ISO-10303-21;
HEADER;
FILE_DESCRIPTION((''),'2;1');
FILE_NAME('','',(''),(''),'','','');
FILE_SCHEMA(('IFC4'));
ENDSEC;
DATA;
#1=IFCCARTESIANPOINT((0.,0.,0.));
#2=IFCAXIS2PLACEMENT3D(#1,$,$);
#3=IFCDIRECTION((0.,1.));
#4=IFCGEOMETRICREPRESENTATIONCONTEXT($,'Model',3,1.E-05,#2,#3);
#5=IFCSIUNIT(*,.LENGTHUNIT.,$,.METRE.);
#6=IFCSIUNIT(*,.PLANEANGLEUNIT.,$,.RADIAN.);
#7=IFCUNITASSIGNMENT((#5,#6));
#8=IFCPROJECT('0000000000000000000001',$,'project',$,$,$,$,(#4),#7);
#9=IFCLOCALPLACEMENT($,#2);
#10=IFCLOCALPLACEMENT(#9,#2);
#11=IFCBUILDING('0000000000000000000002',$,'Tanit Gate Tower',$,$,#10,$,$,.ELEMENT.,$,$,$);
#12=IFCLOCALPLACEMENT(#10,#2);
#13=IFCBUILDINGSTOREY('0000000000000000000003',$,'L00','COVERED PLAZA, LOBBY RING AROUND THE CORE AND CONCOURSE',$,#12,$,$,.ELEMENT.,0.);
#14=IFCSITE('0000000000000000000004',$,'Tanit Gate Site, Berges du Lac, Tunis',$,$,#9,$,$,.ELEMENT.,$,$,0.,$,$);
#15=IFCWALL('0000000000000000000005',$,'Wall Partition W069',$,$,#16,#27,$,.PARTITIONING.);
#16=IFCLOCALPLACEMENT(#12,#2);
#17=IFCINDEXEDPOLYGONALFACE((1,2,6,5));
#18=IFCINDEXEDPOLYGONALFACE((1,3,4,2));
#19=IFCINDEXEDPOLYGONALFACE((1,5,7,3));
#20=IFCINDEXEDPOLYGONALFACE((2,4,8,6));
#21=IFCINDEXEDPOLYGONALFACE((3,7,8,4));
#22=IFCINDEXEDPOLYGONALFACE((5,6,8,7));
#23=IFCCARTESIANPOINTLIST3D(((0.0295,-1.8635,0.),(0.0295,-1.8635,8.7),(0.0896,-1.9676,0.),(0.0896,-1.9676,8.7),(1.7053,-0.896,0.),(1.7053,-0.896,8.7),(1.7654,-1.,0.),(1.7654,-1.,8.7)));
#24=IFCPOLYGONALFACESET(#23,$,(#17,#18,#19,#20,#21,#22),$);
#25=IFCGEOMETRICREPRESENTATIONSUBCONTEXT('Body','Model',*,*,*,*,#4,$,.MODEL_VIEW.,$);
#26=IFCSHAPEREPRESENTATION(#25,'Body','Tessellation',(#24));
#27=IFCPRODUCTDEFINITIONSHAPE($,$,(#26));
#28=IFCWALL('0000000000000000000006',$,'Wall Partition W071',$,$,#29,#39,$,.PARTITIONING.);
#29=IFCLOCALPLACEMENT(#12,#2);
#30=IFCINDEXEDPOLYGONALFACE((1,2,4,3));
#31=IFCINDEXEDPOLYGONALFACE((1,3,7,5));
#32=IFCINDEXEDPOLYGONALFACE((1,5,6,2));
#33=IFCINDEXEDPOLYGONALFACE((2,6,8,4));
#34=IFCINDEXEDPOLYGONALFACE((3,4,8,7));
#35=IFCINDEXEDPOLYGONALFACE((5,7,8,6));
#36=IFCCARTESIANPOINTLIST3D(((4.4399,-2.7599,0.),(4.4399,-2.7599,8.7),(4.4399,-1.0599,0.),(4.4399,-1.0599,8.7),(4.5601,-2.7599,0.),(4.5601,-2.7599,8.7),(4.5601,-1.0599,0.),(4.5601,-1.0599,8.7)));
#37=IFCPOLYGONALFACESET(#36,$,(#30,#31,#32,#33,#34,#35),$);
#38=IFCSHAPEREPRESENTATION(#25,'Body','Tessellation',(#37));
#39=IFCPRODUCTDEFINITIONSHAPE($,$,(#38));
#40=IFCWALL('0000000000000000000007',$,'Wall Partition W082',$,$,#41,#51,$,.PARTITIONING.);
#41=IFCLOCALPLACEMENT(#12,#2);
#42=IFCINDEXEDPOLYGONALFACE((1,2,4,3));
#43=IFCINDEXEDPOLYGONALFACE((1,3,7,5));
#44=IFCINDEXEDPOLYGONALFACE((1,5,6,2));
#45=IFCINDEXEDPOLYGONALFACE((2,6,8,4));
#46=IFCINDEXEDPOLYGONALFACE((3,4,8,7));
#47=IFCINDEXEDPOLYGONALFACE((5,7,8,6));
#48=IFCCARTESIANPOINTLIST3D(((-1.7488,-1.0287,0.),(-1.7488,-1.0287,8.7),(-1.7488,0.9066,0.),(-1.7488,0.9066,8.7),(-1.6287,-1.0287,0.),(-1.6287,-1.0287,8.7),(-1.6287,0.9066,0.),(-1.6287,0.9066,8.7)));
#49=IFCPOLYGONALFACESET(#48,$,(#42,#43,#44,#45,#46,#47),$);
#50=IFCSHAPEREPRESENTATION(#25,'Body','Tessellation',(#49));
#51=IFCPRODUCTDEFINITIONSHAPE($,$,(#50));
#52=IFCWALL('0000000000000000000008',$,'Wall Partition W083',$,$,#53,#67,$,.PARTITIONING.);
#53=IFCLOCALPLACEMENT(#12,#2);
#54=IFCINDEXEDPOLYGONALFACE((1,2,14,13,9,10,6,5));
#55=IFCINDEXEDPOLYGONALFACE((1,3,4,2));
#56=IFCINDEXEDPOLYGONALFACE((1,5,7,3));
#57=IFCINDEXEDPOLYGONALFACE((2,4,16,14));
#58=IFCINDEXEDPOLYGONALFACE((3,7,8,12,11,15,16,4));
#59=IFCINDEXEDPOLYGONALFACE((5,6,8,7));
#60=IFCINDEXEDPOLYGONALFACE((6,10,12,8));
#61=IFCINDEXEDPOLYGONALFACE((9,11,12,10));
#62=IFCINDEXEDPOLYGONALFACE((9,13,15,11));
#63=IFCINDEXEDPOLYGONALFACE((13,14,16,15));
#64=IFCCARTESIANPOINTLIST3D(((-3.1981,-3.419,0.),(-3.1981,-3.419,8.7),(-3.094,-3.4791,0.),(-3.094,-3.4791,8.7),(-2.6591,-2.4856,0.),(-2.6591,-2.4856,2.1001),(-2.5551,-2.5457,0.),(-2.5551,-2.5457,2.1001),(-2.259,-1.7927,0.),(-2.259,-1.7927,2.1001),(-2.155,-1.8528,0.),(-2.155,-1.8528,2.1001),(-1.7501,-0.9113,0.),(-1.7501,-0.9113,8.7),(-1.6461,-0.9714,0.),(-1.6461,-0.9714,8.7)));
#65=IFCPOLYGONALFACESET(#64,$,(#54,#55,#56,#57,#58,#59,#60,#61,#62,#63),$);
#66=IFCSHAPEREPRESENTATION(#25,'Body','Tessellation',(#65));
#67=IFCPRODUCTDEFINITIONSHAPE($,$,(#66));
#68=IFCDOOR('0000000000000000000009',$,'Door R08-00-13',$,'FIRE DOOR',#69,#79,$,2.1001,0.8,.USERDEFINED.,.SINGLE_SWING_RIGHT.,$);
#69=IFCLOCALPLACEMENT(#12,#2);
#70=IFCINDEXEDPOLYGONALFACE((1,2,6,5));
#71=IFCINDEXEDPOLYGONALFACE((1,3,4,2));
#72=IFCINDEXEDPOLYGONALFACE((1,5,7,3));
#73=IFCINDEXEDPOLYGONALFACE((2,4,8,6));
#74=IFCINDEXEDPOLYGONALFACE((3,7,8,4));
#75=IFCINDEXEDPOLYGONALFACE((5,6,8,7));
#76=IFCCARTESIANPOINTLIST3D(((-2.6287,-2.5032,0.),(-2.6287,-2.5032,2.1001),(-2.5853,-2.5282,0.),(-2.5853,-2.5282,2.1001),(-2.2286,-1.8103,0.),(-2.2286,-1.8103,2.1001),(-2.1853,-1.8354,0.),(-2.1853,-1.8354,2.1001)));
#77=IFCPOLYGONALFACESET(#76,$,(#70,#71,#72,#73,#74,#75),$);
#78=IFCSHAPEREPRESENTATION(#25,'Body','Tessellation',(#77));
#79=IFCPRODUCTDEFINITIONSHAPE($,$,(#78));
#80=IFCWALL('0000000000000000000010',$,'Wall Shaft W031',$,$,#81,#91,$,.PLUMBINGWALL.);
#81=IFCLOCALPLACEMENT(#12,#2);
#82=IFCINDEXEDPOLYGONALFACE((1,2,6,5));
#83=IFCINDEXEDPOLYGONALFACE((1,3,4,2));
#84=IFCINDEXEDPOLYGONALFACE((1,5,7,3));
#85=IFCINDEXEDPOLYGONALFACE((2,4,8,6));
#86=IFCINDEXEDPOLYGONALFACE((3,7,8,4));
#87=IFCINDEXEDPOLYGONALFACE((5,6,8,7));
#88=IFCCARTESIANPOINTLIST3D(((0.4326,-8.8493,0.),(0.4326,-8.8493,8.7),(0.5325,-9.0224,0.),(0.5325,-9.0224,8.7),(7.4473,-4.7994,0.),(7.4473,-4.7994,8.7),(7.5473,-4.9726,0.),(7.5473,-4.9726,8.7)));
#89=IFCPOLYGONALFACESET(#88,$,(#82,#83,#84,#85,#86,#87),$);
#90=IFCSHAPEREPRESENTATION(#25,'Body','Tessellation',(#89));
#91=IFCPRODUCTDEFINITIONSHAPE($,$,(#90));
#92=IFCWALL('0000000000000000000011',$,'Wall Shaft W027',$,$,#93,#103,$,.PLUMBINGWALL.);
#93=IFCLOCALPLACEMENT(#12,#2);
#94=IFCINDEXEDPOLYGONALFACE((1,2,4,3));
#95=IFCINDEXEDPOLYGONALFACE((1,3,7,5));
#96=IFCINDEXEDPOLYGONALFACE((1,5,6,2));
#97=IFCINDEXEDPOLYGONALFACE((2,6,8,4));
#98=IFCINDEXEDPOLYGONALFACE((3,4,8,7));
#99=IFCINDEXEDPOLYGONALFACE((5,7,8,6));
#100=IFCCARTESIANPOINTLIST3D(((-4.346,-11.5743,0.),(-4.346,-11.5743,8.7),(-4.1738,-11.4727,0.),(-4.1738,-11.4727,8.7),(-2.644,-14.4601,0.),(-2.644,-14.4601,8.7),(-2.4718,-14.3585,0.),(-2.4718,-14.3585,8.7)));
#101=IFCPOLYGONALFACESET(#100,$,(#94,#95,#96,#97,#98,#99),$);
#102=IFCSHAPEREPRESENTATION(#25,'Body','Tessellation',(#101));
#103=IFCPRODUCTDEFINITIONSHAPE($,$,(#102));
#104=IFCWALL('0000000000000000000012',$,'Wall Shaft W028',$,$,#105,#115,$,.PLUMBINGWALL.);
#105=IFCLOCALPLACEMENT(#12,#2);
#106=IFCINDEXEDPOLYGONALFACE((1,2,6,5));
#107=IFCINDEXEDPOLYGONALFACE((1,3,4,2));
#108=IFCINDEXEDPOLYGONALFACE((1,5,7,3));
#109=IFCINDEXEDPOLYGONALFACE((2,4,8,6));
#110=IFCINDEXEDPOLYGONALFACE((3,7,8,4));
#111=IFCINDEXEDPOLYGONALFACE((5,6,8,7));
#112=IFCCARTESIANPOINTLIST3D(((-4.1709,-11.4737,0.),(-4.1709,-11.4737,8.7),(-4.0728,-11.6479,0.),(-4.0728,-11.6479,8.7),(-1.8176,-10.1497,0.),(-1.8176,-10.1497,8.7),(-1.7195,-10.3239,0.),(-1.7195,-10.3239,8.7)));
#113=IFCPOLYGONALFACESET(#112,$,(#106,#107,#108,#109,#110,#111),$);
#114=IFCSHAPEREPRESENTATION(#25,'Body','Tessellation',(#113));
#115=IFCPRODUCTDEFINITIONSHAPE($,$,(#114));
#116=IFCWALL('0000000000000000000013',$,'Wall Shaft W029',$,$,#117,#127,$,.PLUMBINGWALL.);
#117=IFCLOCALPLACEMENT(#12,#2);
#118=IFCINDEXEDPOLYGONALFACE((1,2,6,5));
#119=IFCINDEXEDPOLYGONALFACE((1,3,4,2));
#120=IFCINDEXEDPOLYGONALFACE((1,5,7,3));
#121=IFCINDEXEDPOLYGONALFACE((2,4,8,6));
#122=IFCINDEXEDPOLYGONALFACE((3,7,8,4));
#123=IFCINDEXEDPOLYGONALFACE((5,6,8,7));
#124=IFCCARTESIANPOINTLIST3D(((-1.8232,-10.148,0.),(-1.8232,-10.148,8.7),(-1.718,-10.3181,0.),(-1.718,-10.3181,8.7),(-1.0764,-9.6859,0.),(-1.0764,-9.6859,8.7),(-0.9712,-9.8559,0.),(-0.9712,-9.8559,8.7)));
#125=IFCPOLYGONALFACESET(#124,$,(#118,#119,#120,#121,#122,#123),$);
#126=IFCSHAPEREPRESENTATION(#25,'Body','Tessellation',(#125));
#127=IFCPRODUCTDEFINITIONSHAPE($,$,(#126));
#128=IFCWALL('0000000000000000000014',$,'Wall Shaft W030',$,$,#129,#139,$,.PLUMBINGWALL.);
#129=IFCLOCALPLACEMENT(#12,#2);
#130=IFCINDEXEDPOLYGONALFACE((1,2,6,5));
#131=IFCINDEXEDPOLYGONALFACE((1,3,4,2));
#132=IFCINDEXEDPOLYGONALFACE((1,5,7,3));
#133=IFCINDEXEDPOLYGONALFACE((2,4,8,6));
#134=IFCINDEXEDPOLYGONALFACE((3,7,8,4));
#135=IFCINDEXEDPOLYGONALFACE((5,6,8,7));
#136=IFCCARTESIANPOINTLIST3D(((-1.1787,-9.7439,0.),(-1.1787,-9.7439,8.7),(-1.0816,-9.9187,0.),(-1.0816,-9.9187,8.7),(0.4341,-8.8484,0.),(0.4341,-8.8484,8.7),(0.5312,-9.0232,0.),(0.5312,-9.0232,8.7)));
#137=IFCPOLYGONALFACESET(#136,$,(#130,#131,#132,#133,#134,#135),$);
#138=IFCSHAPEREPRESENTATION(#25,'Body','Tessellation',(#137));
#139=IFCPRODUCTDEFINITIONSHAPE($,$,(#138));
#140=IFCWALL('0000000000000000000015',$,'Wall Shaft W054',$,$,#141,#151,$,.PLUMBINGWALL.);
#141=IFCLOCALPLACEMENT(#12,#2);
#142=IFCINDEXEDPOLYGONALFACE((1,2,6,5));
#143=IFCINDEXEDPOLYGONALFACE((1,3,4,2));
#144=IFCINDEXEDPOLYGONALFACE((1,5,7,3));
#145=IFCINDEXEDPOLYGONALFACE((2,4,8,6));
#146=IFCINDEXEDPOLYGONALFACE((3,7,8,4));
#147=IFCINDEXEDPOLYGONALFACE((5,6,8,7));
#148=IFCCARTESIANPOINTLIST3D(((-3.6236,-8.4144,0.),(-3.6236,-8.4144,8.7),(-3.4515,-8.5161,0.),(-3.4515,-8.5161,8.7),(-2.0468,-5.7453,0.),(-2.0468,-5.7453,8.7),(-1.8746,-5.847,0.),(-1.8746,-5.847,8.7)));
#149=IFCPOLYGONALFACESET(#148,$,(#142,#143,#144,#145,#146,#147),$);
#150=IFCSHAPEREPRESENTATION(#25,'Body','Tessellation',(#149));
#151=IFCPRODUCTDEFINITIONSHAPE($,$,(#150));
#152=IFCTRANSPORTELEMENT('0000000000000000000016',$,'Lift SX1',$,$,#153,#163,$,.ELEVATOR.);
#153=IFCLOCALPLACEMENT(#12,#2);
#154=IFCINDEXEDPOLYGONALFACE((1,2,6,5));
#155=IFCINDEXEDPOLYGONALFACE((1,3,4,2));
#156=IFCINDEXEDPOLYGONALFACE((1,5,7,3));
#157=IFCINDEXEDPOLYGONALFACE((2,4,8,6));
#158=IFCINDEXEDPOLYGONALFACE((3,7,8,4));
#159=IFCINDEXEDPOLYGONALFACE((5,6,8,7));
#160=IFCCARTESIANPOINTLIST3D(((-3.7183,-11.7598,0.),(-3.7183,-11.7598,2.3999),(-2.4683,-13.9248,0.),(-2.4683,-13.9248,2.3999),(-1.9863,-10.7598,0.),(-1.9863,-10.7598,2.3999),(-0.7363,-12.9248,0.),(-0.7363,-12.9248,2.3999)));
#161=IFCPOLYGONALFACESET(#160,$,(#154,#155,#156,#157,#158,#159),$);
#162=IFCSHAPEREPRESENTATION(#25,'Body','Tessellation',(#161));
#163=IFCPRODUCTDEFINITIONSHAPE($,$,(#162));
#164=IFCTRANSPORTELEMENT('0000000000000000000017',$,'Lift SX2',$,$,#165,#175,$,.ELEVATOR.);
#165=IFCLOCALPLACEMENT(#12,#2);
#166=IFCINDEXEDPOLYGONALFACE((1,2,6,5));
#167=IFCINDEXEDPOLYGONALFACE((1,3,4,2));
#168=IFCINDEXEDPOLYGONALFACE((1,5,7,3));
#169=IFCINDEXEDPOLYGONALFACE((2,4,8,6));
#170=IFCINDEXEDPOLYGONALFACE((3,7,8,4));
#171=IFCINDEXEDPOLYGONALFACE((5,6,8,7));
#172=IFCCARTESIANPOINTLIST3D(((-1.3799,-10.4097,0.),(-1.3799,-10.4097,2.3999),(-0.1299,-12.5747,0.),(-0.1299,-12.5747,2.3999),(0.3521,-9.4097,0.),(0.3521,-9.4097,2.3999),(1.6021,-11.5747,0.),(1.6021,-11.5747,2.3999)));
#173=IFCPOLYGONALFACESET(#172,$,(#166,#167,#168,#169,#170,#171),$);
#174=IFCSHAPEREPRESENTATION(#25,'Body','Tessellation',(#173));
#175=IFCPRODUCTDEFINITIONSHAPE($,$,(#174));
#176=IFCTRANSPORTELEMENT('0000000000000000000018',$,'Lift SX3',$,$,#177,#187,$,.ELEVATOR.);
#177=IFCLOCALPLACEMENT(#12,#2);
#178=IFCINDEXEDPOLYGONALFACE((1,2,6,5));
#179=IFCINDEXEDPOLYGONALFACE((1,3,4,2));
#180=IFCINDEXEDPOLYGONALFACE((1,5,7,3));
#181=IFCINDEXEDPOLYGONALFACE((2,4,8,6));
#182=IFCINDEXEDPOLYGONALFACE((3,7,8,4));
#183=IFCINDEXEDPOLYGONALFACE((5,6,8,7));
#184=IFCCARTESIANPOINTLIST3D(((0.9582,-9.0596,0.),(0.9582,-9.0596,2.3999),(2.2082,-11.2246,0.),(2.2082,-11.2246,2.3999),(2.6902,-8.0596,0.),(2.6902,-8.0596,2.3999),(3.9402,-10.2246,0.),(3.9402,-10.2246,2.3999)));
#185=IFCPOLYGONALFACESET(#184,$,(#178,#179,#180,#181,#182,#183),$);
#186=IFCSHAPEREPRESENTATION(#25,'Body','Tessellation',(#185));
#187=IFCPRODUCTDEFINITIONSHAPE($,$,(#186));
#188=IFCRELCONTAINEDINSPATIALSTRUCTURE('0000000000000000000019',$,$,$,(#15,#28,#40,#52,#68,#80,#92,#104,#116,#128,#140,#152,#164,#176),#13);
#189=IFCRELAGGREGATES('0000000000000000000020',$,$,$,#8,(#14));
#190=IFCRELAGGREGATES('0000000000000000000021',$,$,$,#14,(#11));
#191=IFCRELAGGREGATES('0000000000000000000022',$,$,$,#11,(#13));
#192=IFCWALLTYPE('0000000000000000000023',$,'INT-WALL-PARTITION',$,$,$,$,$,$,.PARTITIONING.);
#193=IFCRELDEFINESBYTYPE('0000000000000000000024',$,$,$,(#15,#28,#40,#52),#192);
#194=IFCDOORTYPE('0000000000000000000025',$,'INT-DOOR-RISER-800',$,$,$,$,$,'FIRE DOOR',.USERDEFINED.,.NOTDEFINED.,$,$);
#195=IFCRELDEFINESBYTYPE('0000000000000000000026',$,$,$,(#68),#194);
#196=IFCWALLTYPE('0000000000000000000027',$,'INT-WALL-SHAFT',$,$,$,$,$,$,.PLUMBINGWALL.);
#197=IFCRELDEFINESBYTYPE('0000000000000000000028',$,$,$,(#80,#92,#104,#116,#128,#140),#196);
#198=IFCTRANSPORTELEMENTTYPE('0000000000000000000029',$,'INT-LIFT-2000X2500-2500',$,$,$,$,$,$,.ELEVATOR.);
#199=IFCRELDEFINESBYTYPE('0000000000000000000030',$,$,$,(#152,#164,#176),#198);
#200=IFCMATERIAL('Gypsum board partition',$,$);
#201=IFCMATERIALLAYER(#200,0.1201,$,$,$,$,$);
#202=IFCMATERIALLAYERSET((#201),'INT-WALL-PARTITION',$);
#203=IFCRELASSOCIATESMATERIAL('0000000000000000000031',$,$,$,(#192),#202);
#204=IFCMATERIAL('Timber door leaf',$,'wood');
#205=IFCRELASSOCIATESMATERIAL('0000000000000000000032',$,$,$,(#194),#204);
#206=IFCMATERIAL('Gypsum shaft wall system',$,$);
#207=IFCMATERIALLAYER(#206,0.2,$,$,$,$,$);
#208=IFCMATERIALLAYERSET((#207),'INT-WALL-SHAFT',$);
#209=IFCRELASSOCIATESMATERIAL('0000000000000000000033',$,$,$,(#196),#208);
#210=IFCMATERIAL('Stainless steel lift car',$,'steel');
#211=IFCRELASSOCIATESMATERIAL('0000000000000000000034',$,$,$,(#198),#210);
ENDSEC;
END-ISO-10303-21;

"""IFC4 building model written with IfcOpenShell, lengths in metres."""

from ifc_helpers import new_model, si_unit, direction, frame, frame_2d, origin, origin_2d, place, context, subcontext, project, spatial, rectangle, extrude, material, layer, layer_set, type_object, element, fill, save


model = new_model("IFC4")

# Units and contexts
model_context = context("Model", 3, precision=1e-05, world=origin(), true_north=direction((0.0, 1.0)))
body_context = subcontext(model_context, "Body", "Model", "MODEL_VIEW")
ifc_project = project(units=[si_unit("LENGTHUNIT", "METRE"), si_unit("PLANEANGLEUNIT", "RADIAN")], contexts=[model_context])

# Site, building, storey
site_placement = place(None, origin())
site = spatial("IfcSite", under=ifc_project, at=site_placement, Name="Tanit Gate Site, Berges du Lac, Tunis", CompositionType="ELEMENT", RefElevation=0.0)
building_placement = place(site_placement, origin())
building = spatial("IfcBuilding", under=site, at=building_placement, Name="Tanit Gate Tower", CompositionType="ELEMENT")
storey_placement = place(building_placement, origin())
storey = spatial("IfcBuildingStorey", under=building, at=storey_placement, Name="L00", Description="COVERED PLAZA, LOBBY RING AROUND THE CORE AND CONCOURSE", CompositionType="ELEMENT", Elevation=0.0)

# Shared definitions
ifc_material_1 = material(Name="Gypsum board partition")
ifc_layer_1 = layer(ifc_material_1, 0.1201)
ifc_layer_set_1 = layer_set([ifc_layer_1], Name="INT-WALL-PARTITION")
wall_type_1 = type_object("IfcWallType", Name="INT-WALL-PARTITION", PredefinedType="PARTITIONING", material=ifc_layer_set_1)
ifc_material_2 = material(Name="Timber door leaf", Category="wood")
door_type = type_object("IfcDoorType", Name="INT-DOOR-RISER-800", ElementType="FIRE DOOR", OperationType="NOTDEFINED", PredefinedType="USERDEFINED", material=ifc_material_2)

# Walls
wall_1_placement = place(storey_placement, frame((1.7354, -0.948, 0.0), z_axis=(0.0, 0.0, 1.0), x_axis=(-0.866022, -0.500006, 0.0)))
element("IfcWall", 1, at=wall_1_placement, inside=storey, type_object=wall_type_1, Name="Wall Partition W069", PredefinedType="PARTITIONING", context=body_context, shape_type="SweptSolid", body=[
    extrude(rectangle(XDim=1.9351, YDim=0.1201, at=frame_2d((0.9675, 0.0))), origin(), (0.0, 0.0, 1.0), 8.7),
])
wall_2_placement = place(storey_placement, frame((4.5, -2.76, 0.0), z_axis=(0.0, 0.0, 1.0), x_axis=(0.0, 1.0, 0.0)))
element("IfcWall", 2, at=wall_2_placement, inside=storey, type_object=wall_type_1, Name="Wall Partition W071", PredefinedType="PARTITIONING", context=body_context, shape_type="SweptSolid", body=[
    extrude(rectangle(XDim=1.7, YDim=0.1201, at=frame_2d((0.8501, 0.0))), origin(), (0.0, 0.0, 1.0), 8.7),
])
wall_3_placement = place(storey_placement, frame((-1.6887, -1.0288, 0.0), z_axis=(0.0, 0.0, 1.0), x_axis=(0.0, 1.0, 0.0)))
element("IfcWall", 3, at=wall_3_placement, inside=storey, type_object=wall_type_1, Name="Wall Partition W082", PredefinedType="PARTITIONING", context=body_context, shape_type="SweptSolid", body=[
    extrude(rectangle(XDim=1.9353, YDim=0.1201, at=frame_2d((0.9678, 0.0))), origin(), (0.0, 0.0, 1.0), 8.7),
])

# Wall, opening, door
wall_4_placement = place(storey_placement, frame((-3.146, -3.449, 0.0), z_axis=(0.0, 0.0, 1.0), x_axis=(0.500029, 0.866009, 0.0)))
wall_4 = element("IfcWall", 4, at=wall_4_placement, inside=storey, type_object=wall_type_1, Name="Wall Partition W083", PredefinedType="PARTITIONING", context=body_context, shape_type="SweptSolid", body=[
    extrude(rectangle(XDim=2.8958, YDim=0.1201, at=frame_2d((1.4478, 0.0))), origin(), (0.0, 0.0, 1.0), 8.7),
])
opening_1_placement = place(wall_4_placement, frame((1.0779, 0.0, 0.0)))
opening_1 = element("IfcOpeningElement", 5, at=opening_1_placement, cuts=wall_4, PredefinedType="OPENING", context=body_context, shape_type="SweptSolid", body=[
    extrude(rectangle(XDim=0.8, YDim=2.1001, at=frame_2d((0.3999, 1.05))), frame((0.0, 0.0701, 0.0), z_axis=(0.0, -1.0, 0.0), x_axis=(1.0, 0.0, 0.0)), (0.0, 0.0, 1.0), 0.1401),
])
door_1_placement = place(opening_1_placement, origin())
door_1 = element("IfcDoor", 6, at=door_1_placement, inside=storey, type_object=door_type, Name="Door R08-00-13", ObjectType="FIRE DOOR", OperationType="SINGLE_SWING_RIGHT", OverallHeight=2.1001, OverallWidth=0.8, PredefinedType="USERDEFINED", context=body_context, shape_type="SweptSolid", body=[
    extrude(rectangle(XDim=0.8, YDim=2.1001, at=frame_2d((0.3999, 1.05))), frame((0.0, 0.0249, 0.0), z_axis=(0.0, -1.0, 0.0), x_axis=(1.0, 0.0, 0.0)), (0.0, 0.0, 1.0), 0.05),
])
fill(opening_1, door_1)

# Walls
ifc_material_3 = material(Name="Gypsum shaft wall system")
ifc_layer_2 = layer(ifc_material_3, 0.2)
ifc_layer_set_2 = layer_set([ifc_layer_2], Name="INT-WALL-SHAFT")
wall_type_2 = type_object("IfcWallType", Name="INT-WALL-SHAFT", PredefinedType="PLUMBINGWALL", material=ifc_layer_set_2)
wall_5_placement = place(storey_placement, frame((0.4827, -8.9358, 0.0), z_axis=(0.0, 0.0, 1.0), x_axis=(0.866031, 0.49999, 0.0)))
element("IfcWall", 7, at=wall_5_placement, inside=storey, type_object=wall_type_2, Name="Wall Shaft W031", PredefinedType="PLUMBINGWALL", context=body_context, shape_type="SweptSolid", body=[
    extrude(rectangle(XDim=8.0999, YDim=0.2, at=frame_2d((4.0498, 0.0))), origin(), (0.0, 0.0, 1.0), 8.7),
])
wall_6_placement = place(storey_placement, frame((-2.5579, -14.4094, 0.0), z_axis=(0.0, 0.0, 1.0), x_axis=(-0.507997, 0.861359, 0.0)))
element("IfcWall", 8, at=wall_6_placement, inside=storey, type_object=wall_type_2, Name="Wall Shaft W027", PredefinedType="PLUMBINGWALL", context=body_context, shape_type="SweptSolid", body=[
    extrude(rectangle(XDim=3.3503, YDim=0.2, at=frame_2d((1.6753, 0.0))), origin(), (0.0, 0.0, 1.0), 8.7),
])
wall_7_placement = place(storey_placement, frame((-1.7686, -10.2368, 0.0), z_axis=(0.0, 0.0, 1.0), x_axis=(-0.871534, -0.490334, 0.0)))
element("IfcWall", 9, at=wall_7_placement, inside=storey, type_object=wall_type_2, Name="Wall Shaft W028", PredefinedType="PLUMBINGWALL", context=body_context, shape_type="SweptSolid", body=[
    extrude(rectangle(XDim=2.7002, YDim=0.2, at=frame_2d((1.3501, 0.0))), origin(), (0.0, 0.0, 1.0), 8.7),
])
wall_8_placement = place(storey_placement, frame((-1.0239, -9.771, 0.0), z_axis=(0.0, 0.0, 1.0), x_axis=(-0.850348, -0.526221, 0.0)))
element("IfcWall", 10, at=wall_8_placement, inside=storey, type_object=wall_type_2, Name="Wall Shaft W029", PredefinedType="PLUMBINGWALL", context=body_context, shape_type="SweptSolid", body=[
    extrude(rectangle(XDim=0.8782, YDim=0.2, at=frame_2d((0.439, 0.0))), origin(), (0.0, 0.0, 1.0), 8.7),
])
wall_9_placement = place(storey_placement, frame((-1.1301, -9.8313, 0.0), z_axis=(0.0, 0.0, 1.0), x_axis=(0.87427, 0.485441, 0.0)))
element("IfcWall", 11, at=wall_9_placement, inside=storey, type_object=wall_type_2, Name="Wall Shaft W030", PredefinedType="PLUMBINGWALL", context=body_context, shape_type="SweptSolid", body=[
    extrude(rectangle(XDim=1.8447, YDim=0.2, at=frame_2d((0.9224, 0.0))), origin(), (0.0, 0.0, 1.0), 8.7),
])
wall_10_placement = place(storey_placement, frame((-1.9607, -5.7961, 0.0), z_axis=(0.0, 0.0, 1.0), x_axis=(-0.508647, -0.860975, 0.0)))
element("IfcWall", 12, at=wall_10_placement, inside=storey, type_object=wall_type_2, Name="Wall Shaft W054", PredefinedType="PLUMBINGWALL", context=body_context, shape_type="SweptSolid", body=[
    extrude(rectangle(XDim=3.1001, YDim=0.2, at=frame_2d((1.55, 0.0))), origin(), (0.0, 0.0, 1.0), 8.7),
])

# Transport elements
ifc_material_4 = material(Name="Stainless steel lift car", Category="steel")
transport_element_type = type_object("IfcTransportElementType", Name="INT-LIFT-2000X2500-2500", PredefinedType="ELEVATOR", material=ifc_material_4)
for number, where, z_axis, x_axis, name in (
    (13, (-2.2273, -12.3423, 0.0), (0.0, 0.0, 1.0), (0.866025, 0.5, 0.0), "Lift SX1"),
    (14, (0.1111, -10.9922, 0.0), (0.0, 0.0, 1.0), (0.866025, 0.5, 0.0), "Lift SX2"),
    (15, (2.4492, -9.6421, 0.0), (0.0, 0.0, 1.0), (0.866025, 0.5, 0.0), "Lift SX3"),
):
    element("IfcTransportElement", number, at=place(storey_placement, frame(where, z_axis=z_axis, x_axis=x_axis)), inside=storey, type_object=transport_element_type, Name=name, PredefinedType="ELEVATOR", context=body_context, shape_type="SweptSolid", body=[
        extrude(rectangle(XDim=2.0, YDim=2.5, at=origin_2d()), origin(), (0.0, 0.0, 1.0), 2.3999),
    ])

save(model, "model.ifc")
